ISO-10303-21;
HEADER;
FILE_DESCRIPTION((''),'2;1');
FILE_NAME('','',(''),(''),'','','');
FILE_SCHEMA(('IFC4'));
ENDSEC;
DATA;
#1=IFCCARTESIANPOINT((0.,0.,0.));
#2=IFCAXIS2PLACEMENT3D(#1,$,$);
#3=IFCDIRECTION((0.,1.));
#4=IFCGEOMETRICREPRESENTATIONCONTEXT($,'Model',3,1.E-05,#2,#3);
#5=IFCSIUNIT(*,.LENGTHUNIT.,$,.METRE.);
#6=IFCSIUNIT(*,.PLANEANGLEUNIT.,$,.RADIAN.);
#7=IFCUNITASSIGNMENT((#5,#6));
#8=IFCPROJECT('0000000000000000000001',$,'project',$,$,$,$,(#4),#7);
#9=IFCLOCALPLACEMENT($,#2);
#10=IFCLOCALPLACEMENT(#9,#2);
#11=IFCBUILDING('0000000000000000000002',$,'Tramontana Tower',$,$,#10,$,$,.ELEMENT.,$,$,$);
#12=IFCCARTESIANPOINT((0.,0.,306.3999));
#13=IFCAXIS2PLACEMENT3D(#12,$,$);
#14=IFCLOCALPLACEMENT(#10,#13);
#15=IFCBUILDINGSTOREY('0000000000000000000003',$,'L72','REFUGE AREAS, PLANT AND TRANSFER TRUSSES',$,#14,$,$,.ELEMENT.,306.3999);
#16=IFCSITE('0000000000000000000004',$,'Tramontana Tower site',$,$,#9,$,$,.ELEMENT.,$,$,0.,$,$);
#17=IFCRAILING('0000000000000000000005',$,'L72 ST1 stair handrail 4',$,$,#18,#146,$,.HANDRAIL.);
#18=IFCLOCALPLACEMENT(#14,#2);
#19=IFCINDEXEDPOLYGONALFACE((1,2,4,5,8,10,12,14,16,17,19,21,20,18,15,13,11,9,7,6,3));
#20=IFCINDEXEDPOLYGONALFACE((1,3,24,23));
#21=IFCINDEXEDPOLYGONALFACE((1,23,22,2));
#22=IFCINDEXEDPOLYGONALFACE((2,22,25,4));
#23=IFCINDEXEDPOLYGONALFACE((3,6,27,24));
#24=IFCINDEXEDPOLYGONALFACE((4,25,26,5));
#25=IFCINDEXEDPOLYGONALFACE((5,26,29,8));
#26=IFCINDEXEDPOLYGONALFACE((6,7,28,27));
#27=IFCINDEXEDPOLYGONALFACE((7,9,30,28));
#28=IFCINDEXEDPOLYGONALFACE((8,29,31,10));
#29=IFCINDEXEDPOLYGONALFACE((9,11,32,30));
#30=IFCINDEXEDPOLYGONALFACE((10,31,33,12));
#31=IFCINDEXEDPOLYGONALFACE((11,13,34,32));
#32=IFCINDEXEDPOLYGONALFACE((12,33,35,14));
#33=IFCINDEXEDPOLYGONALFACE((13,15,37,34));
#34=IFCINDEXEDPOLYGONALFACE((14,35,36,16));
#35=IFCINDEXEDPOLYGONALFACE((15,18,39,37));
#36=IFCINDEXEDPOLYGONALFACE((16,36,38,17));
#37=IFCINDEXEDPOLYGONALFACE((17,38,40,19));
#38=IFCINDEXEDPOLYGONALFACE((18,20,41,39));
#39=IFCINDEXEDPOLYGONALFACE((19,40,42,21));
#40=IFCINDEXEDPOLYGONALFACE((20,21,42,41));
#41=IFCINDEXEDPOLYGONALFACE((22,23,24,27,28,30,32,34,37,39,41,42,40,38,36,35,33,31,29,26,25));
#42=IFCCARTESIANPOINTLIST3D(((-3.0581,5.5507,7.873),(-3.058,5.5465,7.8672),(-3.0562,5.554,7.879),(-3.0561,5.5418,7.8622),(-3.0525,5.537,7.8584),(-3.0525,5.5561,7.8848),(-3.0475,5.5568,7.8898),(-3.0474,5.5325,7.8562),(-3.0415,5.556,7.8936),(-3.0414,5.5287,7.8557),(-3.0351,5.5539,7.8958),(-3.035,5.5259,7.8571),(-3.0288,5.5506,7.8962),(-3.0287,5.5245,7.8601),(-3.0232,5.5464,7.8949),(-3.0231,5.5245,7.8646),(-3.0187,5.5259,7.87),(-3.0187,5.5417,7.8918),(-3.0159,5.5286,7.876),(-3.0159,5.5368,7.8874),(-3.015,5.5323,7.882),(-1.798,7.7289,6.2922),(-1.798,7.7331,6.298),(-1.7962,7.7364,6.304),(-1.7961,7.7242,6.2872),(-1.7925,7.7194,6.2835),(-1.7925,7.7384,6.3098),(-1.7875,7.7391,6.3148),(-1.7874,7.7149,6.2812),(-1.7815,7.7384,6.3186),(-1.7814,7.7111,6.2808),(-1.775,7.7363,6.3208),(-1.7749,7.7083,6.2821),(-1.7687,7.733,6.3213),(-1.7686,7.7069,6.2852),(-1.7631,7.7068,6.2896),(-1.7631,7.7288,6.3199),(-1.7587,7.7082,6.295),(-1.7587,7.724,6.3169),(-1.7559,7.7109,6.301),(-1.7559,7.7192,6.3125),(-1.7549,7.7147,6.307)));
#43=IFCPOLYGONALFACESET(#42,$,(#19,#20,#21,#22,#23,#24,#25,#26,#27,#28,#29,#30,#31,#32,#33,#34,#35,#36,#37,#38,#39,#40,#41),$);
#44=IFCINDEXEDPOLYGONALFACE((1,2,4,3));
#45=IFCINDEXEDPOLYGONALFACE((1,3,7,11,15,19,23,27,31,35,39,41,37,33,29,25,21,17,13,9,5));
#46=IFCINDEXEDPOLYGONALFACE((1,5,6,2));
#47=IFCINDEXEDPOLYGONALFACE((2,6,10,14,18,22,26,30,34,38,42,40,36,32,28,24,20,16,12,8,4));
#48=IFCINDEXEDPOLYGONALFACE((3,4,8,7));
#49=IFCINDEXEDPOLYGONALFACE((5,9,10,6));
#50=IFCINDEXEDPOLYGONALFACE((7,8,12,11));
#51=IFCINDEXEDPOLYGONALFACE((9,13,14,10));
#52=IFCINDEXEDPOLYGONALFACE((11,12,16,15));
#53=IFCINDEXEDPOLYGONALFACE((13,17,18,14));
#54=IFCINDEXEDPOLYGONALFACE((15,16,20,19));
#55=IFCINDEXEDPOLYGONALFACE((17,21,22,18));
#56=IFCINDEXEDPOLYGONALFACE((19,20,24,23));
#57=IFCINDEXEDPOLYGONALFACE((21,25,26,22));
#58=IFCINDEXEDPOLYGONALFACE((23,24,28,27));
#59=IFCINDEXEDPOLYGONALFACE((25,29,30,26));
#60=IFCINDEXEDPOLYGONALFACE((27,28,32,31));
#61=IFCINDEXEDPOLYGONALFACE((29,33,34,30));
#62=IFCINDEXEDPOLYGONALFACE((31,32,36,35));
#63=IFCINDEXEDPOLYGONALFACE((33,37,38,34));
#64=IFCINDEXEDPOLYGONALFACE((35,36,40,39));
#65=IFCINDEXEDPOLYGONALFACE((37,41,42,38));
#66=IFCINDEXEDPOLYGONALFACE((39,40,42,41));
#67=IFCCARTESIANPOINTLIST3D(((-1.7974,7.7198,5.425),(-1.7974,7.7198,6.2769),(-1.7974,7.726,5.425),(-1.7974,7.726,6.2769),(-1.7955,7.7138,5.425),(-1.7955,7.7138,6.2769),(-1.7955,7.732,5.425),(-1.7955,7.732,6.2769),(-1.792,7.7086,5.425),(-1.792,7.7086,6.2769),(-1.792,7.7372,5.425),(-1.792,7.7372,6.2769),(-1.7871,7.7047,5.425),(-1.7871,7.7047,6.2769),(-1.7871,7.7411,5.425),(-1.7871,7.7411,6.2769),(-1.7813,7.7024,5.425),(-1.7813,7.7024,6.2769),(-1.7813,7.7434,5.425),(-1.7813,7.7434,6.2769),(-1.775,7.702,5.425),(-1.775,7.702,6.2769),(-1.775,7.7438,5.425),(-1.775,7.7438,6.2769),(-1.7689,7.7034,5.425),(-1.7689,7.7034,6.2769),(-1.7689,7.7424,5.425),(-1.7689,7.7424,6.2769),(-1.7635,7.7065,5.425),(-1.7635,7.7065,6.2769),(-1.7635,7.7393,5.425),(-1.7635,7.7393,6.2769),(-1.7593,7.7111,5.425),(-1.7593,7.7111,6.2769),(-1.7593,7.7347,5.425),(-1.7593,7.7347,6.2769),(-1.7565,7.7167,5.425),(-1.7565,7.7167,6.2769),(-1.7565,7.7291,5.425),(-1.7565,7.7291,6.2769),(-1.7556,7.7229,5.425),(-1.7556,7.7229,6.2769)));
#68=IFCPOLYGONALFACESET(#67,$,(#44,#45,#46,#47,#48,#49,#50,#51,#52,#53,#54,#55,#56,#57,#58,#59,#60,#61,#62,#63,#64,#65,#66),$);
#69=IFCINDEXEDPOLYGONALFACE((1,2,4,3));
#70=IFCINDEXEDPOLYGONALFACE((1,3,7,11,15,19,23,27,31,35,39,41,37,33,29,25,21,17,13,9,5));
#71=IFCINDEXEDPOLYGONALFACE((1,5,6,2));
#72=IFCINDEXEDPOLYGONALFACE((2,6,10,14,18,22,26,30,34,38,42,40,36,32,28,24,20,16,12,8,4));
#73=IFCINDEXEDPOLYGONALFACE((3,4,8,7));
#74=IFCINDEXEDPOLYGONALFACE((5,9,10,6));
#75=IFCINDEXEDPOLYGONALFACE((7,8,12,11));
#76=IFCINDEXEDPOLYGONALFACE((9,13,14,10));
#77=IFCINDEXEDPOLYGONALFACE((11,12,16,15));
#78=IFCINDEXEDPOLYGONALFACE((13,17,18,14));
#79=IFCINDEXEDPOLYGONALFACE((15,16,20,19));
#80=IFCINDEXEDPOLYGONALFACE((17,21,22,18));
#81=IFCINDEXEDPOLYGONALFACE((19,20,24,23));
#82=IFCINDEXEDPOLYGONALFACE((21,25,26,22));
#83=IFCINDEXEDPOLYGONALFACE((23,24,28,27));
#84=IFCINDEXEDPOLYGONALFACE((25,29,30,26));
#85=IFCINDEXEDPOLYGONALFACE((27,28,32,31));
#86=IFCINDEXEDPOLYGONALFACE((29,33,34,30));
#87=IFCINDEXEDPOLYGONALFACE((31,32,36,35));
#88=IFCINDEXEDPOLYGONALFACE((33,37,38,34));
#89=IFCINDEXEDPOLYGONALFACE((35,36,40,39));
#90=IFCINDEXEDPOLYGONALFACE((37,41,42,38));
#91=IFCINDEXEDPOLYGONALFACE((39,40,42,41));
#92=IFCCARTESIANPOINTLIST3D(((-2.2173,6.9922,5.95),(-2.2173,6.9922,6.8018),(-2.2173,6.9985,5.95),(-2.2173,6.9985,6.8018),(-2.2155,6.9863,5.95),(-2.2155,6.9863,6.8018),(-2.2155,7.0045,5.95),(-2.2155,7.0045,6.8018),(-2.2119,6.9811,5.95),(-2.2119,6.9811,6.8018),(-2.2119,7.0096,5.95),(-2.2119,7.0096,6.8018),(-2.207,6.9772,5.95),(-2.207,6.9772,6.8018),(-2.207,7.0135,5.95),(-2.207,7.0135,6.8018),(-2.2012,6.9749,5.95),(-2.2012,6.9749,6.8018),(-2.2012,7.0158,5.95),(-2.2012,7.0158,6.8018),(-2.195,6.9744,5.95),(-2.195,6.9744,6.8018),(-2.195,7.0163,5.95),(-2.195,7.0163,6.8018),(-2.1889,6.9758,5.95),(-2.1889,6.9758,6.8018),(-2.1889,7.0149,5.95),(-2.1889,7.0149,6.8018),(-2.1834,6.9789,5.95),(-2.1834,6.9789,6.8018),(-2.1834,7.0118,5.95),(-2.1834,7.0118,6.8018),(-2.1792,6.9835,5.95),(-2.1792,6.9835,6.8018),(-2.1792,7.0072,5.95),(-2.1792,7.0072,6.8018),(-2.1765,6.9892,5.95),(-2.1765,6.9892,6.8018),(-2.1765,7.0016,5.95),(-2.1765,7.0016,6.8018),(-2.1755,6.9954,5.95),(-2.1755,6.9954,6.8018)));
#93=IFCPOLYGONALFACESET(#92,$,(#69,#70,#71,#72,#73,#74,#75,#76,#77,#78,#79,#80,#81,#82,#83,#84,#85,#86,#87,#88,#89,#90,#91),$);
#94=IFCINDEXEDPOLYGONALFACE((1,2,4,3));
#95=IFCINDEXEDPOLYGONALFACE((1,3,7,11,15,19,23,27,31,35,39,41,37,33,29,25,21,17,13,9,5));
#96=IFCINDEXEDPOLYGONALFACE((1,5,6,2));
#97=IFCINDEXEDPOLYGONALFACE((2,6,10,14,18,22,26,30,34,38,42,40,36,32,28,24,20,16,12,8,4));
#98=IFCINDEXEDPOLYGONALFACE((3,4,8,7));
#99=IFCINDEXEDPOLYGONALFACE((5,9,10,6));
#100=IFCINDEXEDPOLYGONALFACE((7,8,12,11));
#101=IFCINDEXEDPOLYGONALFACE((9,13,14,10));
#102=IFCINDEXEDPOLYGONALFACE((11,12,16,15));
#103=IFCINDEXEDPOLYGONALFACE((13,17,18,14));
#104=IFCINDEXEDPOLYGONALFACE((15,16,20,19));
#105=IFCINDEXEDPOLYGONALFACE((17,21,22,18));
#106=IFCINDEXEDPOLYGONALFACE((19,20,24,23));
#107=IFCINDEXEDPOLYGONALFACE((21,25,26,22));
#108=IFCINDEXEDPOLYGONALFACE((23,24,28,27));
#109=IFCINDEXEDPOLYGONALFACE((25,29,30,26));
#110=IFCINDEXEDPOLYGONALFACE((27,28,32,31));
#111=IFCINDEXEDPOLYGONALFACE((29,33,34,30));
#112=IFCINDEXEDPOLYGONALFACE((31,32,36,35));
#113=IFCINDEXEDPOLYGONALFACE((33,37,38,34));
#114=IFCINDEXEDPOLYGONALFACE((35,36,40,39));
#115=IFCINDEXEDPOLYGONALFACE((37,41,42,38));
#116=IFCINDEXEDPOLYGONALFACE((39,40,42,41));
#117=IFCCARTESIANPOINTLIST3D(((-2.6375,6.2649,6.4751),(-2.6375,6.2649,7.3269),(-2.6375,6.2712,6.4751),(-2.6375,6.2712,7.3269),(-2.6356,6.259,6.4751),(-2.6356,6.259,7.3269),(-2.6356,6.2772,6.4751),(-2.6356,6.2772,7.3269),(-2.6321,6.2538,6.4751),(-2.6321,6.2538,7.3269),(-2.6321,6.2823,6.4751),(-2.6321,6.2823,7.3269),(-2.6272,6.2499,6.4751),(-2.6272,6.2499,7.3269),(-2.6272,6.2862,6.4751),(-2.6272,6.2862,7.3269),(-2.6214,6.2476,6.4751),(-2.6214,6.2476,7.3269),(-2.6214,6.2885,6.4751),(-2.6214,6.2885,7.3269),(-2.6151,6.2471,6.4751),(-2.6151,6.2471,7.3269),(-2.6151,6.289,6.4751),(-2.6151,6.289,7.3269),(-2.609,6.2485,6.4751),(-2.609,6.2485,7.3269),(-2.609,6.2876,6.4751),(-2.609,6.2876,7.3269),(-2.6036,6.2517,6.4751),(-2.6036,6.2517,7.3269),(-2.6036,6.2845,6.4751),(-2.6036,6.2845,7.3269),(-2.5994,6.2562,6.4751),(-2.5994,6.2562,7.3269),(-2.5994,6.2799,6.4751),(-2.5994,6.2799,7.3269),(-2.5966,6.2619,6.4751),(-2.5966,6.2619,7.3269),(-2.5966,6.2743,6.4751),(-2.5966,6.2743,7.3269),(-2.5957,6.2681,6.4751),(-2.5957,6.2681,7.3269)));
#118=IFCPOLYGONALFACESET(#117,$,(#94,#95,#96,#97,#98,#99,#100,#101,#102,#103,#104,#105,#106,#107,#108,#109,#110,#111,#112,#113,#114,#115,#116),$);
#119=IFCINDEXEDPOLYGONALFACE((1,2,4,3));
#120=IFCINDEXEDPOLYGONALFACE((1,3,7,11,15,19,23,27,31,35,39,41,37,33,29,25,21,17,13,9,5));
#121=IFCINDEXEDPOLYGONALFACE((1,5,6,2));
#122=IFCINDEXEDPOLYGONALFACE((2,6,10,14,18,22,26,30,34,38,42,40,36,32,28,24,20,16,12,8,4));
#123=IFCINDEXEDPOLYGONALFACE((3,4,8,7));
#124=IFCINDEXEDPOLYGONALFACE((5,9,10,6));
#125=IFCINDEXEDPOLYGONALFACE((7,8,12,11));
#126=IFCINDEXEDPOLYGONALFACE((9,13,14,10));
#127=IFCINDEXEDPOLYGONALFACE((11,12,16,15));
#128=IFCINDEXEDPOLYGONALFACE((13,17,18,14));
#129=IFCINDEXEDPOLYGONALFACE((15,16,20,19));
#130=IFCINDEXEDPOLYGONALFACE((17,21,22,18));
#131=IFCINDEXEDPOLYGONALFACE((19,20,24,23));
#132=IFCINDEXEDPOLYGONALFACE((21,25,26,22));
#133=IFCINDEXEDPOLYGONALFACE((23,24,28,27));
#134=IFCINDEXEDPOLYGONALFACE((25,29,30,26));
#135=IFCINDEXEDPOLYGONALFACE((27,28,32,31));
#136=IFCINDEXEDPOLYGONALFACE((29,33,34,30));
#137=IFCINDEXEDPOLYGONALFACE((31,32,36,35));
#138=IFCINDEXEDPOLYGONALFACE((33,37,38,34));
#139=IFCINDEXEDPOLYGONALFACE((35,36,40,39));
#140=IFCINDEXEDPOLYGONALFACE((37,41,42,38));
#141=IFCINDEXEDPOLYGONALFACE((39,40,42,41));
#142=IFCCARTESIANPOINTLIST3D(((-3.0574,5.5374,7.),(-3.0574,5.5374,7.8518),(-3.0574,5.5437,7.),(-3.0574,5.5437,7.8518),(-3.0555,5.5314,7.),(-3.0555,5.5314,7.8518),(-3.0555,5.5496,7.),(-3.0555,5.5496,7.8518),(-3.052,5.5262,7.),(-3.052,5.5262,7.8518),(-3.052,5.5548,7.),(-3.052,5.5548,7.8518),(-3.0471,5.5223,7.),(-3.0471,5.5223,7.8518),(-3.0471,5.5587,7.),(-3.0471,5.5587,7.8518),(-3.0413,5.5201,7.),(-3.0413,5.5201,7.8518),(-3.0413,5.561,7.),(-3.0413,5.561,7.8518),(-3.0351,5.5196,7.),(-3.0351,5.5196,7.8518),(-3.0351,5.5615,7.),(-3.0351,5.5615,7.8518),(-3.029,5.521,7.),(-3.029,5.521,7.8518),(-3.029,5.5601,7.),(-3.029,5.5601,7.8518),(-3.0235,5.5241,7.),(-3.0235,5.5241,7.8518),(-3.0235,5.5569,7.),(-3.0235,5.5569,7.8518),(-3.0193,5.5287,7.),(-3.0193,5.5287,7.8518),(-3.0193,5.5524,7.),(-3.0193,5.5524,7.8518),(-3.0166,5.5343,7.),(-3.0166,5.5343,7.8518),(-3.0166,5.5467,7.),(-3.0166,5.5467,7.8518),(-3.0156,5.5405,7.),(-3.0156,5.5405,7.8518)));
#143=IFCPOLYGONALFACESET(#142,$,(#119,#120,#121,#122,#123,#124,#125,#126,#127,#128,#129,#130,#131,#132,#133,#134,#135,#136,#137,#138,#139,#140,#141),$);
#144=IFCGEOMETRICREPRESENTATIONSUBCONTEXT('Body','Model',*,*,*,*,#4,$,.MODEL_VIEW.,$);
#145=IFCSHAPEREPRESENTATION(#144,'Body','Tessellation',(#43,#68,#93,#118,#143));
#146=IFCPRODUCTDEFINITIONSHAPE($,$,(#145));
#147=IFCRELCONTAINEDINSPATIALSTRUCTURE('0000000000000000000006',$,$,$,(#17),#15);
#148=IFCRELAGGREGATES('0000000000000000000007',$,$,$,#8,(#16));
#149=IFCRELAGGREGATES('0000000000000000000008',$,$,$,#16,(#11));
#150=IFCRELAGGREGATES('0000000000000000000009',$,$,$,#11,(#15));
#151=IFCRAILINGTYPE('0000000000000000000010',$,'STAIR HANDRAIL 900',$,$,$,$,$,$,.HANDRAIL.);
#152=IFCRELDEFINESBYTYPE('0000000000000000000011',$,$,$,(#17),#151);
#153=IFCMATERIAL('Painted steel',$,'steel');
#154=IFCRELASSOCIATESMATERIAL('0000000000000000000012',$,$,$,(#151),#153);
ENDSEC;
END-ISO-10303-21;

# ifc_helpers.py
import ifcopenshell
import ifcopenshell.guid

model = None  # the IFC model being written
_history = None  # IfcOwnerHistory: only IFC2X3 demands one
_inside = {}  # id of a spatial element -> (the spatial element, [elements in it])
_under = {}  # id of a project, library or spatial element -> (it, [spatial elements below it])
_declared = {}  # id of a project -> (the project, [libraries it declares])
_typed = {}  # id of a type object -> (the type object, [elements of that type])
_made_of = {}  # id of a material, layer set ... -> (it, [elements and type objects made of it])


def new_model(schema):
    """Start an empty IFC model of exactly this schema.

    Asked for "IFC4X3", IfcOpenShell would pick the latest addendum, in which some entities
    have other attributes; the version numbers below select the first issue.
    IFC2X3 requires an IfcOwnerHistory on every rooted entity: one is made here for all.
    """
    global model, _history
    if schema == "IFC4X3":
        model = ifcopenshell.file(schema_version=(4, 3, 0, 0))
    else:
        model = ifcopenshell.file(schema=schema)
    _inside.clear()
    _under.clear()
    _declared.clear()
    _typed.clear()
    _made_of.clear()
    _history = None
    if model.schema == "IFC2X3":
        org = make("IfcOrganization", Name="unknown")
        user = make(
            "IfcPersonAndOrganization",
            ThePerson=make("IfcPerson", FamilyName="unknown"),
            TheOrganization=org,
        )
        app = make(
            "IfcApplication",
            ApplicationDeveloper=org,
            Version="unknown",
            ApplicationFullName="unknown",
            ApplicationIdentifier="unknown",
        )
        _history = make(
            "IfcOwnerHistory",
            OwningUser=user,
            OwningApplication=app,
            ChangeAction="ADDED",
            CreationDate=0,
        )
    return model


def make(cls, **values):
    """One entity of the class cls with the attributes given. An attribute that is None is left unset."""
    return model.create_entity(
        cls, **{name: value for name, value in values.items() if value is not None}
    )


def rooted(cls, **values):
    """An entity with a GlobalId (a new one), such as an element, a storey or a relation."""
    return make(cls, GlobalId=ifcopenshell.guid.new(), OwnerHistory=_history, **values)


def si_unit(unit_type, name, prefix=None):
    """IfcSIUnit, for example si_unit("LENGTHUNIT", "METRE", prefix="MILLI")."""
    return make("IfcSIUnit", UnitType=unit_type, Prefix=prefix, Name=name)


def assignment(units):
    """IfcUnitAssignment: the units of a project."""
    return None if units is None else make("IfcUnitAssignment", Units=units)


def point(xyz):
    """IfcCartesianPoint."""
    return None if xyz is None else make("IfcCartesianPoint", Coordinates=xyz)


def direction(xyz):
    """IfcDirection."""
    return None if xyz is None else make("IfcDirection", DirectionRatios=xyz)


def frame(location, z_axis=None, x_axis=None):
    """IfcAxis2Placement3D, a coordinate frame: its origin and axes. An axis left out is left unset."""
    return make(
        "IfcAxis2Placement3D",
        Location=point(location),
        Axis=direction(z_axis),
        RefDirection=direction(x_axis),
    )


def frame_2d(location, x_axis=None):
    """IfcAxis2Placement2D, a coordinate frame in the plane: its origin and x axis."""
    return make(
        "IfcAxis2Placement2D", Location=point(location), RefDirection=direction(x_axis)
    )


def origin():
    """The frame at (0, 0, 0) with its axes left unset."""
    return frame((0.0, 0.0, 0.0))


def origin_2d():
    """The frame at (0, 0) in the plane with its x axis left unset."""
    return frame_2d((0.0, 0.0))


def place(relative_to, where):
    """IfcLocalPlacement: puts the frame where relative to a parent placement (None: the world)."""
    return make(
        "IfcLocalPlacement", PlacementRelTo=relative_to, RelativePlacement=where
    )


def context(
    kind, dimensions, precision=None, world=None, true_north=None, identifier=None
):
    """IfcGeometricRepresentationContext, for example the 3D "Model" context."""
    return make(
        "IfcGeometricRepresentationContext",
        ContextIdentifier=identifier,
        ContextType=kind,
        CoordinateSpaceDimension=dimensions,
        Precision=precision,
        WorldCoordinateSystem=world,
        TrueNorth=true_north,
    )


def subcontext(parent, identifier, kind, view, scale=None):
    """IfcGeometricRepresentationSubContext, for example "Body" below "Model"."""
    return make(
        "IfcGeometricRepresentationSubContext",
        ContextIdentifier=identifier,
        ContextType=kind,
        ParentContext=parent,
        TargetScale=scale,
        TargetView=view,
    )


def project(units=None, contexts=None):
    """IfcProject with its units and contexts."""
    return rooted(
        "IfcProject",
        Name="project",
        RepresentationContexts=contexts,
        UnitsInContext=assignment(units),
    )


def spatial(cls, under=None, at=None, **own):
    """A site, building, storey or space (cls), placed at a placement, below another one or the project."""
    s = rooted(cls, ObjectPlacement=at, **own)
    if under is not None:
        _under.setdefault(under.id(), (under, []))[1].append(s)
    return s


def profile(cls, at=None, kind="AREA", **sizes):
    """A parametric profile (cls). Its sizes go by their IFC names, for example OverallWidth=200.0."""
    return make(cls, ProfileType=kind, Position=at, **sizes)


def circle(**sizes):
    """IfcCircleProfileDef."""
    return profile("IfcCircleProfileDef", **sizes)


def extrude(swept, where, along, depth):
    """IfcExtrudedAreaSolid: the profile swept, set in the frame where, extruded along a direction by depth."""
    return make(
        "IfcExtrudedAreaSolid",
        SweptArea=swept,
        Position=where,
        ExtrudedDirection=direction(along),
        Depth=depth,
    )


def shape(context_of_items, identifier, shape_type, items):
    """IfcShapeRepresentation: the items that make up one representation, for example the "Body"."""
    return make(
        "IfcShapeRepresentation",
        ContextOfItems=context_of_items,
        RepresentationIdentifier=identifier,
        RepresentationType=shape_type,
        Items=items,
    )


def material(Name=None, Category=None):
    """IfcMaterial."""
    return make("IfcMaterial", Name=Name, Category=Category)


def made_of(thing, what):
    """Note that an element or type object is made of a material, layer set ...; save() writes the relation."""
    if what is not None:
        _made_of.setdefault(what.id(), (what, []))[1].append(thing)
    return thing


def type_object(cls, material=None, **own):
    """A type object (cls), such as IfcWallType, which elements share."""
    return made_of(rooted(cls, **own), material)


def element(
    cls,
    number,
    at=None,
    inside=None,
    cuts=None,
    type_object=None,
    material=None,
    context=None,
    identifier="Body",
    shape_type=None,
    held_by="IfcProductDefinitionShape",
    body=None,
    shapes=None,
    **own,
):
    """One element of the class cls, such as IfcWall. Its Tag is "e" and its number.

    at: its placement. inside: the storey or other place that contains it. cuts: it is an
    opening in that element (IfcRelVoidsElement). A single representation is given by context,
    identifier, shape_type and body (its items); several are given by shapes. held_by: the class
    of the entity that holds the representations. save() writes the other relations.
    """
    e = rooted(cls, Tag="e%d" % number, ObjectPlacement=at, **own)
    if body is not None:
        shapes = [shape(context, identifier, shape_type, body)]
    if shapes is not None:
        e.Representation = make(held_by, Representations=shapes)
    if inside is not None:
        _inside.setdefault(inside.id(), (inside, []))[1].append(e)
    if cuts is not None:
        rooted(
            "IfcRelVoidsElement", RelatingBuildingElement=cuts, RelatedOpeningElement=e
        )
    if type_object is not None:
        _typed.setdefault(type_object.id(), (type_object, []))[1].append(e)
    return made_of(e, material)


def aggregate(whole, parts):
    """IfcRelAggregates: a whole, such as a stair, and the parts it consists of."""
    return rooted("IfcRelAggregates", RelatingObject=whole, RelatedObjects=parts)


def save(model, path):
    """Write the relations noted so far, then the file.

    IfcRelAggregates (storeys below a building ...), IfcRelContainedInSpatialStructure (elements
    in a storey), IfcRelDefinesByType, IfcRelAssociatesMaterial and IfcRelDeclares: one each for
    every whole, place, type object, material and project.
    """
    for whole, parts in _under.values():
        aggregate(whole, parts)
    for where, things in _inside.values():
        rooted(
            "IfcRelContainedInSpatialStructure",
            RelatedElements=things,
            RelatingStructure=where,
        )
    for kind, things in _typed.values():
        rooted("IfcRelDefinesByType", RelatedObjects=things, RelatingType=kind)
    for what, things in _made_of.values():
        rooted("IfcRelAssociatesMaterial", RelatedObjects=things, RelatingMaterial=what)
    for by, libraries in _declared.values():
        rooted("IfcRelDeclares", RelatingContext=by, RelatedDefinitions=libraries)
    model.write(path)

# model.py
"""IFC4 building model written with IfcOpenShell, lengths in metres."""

from ifc_helpers import new_model, si_unit, direction, frame, origin, origin_2d, place, context, subcontext, project, spatial, circle, extrude, material, type_object, element, save


model = new_model("IFC4")

# Units and contexts
model_context = context("Model", 3, precision=1e-05, world=origin(), true_north=direction((0.0, 1.0)))
body_context = subcontext(model_context, "Body", "Model", "MODEL_VIEW")
ifc_project = project(units=[si_unit("LENGTHUNIT", "METRE"), si_unit("PLANEANGLEUNIT", "RADIAN")], contexts=[model_context])

# Site, building, storey
site_placement = place(None, origin())
site = spatial("IfcSite", under=ifc_project, at=site_placement, Name="Tramontana Tower site", CompositionType="ELEMENT", RefElevation=0.0)
building_placement = place(site_placement, origin())
building = spatial("IfcBuilding", under=site, at=building_placement, Name="Tramontana Tower", CompositionType="ELEMENT")
storey_placement = place(building_placement, frame((0.0, 0.0, 306.3999)))
storey = spatial("IfcBuildingStorey", under=building, at=storey_placement, Name="L72", Description="REFUGE AREAS, PLANT AND TRANSFER TRUSSES", CompositionType="ELEMENT", Elevation=306.3999)

# Railing
ifc_material_1 = material(Name="Painted steel", Category="steel")
railing_type_1 = type_object("IfcRailingType", Name="STAIR HANDRAIL 900", PredefinedType="HANDRAIL", material=ifc_material_1)
railing_1_placement = place(storey_placement, frame((-1.7766, 7.7229, 5.425)))
element("IfcRailing", 1, at=railing_1_placement, inside=storey, type_object=railing_type_1, Name="L72 ST1 stair handrail 4", PredefinedType="HANDRAIL", context=body_context, shape_type="SweptSolid", body=[
    extrude(circle(Radius=0.0239, at=origin_2d()), frame((0.0, 0.0, 0.876), z_axis=(-0.424007, -0.734392, 0.529988), x_axis=(0.866023, -0.500005, 0.0)), (0.0, 0.0, 1.0), 2.9717),
    extrude(circle(Radius=0.021, at=origin_2d()), origin(), (0.0, 0.0, 1.0), 0.8518),
    extrude(circle(Radius=0.021, at=origin_2d()), frame((-0.4199, -0.7275, 0.5249)), (0.0, 0.0, 1.0), 0.8518),
    extrude(circle(Radius=0.021, at=origin_2d()), frame((-0.8401, -1.4548, 1.05)), (0.0, 0.0, 1.0), 0.8518),
    extrude(circle(Radius=0.021, at=origin_2d()), frame((-1.26, -2.1824, 1.575)), (0.0, 0.0, 1.0), 0.8518),
])

save(model, "model.ifc")
